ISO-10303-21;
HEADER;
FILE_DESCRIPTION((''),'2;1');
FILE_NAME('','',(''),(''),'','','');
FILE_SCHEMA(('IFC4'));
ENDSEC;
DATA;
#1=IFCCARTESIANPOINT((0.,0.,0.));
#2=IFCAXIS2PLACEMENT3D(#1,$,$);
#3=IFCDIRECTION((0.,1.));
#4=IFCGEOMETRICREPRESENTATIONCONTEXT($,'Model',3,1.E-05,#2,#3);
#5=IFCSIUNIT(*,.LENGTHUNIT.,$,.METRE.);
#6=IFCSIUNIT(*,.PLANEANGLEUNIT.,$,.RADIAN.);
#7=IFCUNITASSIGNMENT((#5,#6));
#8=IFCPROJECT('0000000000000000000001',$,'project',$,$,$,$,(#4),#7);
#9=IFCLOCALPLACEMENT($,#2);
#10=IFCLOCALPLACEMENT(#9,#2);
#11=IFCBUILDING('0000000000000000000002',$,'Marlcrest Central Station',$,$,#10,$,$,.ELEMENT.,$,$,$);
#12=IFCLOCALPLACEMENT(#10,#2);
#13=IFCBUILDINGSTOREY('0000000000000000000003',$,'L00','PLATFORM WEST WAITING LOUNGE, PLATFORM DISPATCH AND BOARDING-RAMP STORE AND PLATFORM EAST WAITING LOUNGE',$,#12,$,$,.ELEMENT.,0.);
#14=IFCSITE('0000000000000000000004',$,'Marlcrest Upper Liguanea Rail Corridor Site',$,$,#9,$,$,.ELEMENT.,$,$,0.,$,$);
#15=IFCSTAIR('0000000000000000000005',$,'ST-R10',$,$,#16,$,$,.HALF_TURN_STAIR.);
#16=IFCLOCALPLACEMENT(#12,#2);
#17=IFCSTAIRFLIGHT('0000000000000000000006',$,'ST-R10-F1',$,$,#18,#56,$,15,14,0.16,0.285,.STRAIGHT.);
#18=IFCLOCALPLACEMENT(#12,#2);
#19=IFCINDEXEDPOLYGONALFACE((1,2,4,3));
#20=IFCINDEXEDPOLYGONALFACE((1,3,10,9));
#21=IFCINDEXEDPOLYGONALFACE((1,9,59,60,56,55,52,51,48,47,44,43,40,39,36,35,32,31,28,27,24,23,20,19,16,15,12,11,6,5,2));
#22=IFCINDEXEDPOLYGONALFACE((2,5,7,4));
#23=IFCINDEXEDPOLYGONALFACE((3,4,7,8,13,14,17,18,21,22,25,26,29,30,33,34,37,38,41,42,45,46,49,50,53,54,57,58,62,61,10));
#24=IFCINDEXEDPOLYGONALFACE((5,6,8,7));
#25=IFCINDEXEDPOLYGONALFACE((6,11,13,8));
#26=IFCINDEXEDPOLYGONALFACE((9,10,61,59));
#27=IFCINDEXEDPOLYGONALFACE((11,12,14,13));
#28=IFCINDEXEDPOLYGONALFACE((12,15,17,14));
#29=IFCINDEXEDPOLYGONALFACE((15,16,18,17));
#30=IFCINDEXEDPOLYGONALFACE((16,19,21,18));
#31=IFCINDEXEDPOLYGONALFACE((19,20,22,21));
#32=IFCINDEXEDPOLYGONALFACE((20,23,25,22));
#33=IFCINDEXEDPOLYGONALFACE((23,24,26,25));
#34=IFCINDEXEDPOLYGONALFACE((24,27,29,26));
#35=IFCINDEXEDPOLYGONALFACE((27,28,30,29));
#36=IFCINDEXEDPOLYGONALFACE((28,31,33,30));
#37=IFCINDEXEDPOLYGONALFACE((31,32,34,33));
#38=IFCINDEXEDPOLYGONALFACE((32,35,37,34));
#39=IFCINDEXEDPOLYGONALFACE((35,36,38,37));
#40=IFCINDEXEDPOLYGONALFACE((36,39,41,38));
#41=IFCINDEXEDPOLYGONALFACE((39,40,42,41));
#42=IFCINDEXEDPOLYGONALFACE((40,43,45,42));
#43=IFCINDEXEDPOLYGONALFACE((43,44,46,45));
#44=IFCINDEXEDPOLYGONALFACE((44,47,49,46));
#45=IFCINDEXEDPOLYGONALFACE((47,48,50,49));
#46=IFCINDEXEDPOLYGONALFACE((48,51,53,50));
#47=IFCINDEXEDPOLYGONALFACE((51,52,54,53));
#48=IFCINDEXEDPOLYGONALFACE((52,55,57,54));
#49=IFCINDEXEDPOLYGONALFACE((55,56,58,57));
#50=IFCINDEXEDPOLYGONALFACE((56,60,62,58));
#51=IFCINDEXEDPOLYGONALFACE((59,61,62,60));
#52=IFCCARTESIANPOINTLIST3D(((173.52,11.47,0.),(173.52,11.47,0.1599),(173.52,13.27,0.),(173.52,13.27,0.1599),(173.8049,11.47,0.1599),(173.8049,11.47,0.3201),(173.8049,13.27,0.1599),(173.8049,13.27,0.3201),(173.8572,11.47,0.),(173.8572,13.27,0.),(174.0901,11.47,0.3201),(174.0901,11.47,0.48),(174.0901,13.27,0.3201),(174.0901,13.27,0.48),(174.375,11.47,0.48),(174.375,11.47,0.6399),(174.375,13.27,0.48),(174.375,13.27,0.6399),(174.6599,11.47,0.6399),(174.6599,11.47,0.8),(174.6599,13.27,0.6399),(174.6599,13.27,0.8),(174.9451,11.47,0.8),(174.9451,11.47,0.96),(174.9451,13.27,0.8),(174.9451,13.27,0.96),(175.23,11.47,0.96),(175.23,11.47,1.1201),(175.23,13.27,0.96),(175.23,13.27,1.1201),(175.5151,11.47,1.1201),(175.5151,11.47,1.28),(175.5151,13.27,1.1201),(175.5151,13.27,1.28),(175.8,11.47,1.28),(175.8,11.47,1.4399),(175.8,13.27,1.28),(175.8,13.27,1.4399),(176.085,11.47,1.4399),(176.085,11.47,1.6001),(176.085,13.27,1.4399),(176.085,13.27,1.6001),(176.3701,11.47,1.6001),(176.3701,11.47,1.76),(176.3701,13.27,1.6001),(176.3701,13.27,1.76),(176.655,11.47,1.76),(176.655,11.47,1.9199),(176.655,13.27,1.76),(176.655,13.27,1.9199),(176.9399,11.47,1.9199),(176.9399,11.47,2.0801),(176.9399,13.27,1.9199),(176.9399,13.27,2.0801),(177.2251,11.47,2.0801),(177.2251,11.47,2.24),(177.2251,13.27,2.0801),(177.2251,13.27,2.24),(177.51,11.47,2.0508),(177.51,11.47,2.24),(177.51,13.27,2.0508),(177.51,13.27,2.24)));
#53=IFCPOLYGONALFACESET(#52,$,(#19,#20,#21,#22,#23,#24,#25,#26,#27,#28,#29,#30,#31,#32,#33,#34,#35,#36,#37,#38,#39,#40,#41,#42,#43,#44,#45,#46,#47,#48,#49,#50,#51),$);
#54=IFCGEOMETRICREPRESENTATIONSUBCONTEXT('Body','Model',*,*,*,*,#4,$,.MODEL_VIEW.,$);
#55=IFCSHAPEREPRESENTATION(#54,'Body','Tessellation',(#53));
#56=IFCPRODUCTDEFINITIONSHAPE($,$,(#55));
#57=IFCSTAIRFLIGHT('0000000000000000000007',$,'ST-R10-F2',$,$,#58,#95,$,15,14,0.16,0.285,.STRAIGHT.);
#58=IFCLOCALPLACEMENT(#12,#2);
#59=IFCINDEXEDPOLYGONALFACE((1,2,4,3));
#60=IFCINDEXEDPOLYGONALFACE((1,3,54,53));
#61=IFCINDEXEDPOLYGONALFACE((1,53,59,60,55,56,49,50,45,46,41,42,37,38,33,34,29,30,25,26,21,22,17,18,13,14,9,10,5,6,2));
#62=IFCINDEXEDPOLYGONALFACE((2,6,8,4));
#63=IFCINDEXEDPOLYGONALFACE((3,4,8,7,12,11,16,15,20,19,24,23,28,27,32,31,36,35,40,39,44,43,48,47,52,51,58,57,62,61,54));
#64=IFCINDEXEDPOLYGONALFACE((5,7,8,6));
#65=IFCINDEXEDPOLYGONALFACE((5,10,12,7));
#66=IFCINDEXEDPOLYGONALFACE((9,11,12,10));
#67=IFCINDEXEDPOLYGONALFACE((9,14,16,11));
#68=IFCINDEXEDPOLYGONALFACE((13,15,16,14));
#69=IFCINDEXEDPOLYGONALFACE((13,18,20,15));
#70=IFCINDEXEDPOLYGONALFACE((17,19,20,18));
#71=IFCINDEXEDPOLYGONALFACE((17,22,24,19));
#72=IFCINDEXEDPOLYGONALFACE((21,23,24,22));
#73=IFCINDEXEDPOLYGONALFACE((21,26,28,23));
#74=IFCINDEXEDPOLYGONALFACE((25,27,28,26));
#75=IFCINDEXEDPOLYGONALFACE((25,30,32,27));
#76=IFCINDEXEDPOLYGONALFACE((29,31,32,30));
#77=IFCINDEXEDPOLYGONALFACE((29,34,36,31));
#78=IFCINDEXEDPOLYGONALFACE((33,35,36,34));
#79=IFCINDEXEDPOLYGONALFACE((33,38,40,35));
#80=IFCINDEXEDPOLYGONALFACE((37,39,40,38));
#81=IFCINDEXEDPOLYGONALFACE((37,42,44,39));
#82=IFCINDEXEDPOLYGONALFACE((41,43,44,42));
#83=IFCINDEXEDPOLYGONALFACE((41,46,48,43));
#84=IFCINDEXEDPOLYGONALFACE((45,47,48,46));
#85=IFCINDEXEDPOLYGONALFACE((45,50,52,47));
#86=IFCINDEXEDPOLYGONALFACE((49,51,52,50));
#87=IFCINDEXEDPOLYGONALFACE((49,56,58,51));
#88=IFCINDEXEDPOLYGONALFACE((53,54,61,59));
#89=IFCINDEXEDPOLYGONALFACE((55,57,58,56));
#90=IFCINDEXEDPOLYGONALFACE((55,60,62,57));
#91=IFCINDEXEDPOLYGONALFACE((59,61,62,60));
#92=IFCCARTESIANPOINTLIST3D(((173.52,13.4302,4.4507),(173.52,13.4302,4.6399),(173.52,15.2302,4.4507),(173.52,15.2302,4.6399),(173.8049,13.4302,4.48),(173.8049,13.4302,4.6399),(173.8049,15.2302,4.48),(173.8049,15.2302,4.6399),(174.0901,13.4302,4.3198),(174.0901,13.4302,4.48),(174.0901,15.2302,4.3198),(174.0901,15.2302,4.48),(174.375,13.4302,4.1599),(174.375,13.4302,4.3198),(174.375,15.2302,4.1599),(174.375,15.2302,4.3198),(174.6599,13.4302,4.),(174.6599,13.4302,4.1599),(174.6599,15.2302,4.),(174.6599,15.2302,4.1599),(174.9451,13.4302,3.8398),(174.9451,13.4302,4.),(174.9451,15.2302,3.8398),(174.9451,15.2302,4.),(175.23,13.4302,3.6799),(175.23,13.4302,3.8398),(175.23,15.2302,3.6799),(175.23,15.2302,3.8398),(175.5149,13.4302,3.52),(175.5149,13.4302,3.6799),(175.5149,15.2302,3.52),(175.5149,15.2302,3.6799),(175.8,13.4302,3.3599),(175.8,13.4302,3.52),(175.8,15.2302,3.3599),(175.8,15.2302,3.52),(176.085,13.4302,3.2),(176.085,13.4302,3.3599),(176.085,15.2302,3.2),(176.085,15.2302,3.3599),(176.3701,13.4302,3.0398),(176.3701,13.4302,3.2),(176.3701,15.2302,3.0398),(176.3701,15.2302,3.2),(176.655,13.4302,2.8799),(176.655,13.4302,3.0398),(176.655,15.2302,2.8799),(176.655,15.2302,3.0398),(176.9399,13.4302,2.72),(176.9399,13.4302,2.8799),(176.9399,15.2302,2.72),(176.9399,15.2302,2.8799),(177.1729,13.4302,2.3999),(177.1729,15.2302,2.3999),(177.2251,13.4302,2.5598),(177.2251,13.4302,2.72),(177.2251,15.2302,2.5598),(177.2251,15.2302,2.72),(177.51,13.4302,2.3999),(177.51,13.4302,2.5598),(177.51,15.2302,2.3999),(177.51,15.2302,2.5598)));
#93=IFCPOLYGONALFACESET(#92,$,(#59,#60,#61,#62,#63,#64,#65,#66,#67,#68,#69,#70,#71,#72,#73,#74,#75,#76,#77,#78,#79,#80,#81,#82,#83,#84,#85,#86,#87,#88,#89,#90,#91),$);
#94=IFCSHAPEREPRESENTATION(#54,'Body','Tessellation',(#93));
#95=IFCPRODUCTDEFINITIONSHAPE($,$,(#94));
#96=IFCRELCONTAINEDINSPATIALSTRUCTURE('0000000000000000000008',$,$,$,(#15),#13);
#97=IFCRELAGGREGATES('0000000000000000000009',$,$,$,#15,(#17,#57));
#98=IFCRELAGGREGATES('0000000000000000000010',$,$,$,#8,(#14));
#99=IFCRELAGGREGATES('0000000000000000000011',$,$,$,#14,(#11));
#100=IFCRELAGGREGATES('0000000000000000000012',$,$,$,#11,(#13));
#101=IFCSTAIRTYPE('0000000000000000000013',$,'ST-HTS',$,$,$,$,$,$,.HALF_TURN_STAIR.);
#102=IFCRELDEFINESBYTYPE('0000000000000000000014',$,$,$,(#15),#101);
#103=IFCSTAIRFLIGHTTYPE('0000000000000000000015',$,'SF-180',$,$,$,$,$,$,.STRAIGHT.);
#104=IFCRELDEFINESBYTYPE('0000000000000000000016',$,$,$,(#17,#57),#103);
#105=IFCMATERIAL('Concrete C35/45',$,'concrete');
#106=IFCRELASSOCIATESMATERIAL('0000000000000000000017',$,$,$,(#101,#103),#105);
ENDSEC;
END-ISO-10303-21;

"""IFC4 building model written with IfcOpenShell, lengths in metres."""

from ifc_helpers import new_model, si_unit, direction, frame, origin, place, context, subcontext, project, spatial, polyline, outline, extrude, material, type_object, element, aggregate, save


model = new_model("IFC4")

# Units and contexts
model_context = context("Model", 3, precision=1e-05, world=origin(), true_north=direction((0.0, 1.0)))
body_context = subcontext(model_context, "Body", "Model", "MODEL_VIEW")
ifc_project = project(units=[si_unit("LENGTHUNIT", "METRE"), si_unit("PLANEANGLEUNIT", "RADIAN")], contexts=[model_context])

# Site, building, storey
site_placement = place(None, origin())
site = spatial("IfcSite", under=ifc_project, at=site_placement, Name="Marlcrest Upper Liguanea Rail Corridor Site", CompositionType="ELEMENT", RefElevation=0.0)
building_placement = place(site_placement, origin())
building = spatial("IfcBuilding", under=site, at=building_placement, Name="Marlcrest Central Station", CompositionType="ELEMENT")
storey_placement = place(building_placement, origin())
storey = spatial("IfcBuildingStorey", under=building, at=storey_placement, Name="L00", Description="PLATFORM WEST WAITING LOUNGE, PLATFORM DISPATCH AND BOARDING-RAMP STORE AND PLATFORM EAST WAITING LOUNGE", CompositionType="ELEMENT", Elevation=0.0)

# Shared definitions
ifc_material_1 = material(Name="Concrete C35/45", Category="concrete")

# Stair, stair flights
stair_type = type_object("IfcStairType", Name="ST-HTS", PredefinedType="HALF_TURN_STAIR", material=ifc_material_1)
stair_placement = place(storey_placement, origin())
stair = element("IfcStair", 1, at=stair_placement, inside=storey, type_object=stair_type, Name="ST-R10", PredefinedType="HALF_TURN_STAIR")
stair_flight_type = type_object("IfcStairFlightType", Name="SF-180", PredefinedType="STRAIGHT", material=ifc_material_1)
stair_flight_1_placement = place(storey_placement, frame((173.52, 12.3701, 0.0), z_axis=(0.0, 0.0, 1.0), x_axis=(1.0, 0.0, 0.0)))
stair_flight_1 = element("IfcStairFlight", 2, at=stair_flight_1_placement, type_object=stair_flight_type, Name="ST-R10-F1", NumberOfRisers=15, NumberOfTreads=14, PredefinedType="STRAIGHT", RiserHeight=0.16, TreadLength=0.285, context=body_context, shape_type="SweptSolid", body=[
    extrude(outline(polyline([(0.0, 0.0), (0.0, 0.1599), (0.2849, 0.1599), (0.2849, 0.3201), (0.5701, 0.3201), (0.5701, 0.48), (0.855, 0.48), (0.855, 0.6399), (1.1399, 0.6399), (1.1399, 0.8), (1.425, 0.8), (1.425, 0.96), (1.71, 0.96), (1.71, 1.1201), (1.9951, 1.1201), (1.9951, 1.28), (2.28, 1.28), (2.28, 1.4399), (2.5649, 1.4399), (2.5649, 1.6001), (2.8501, 1.6001), (2.8501, 1.76), (3.135, 1.76), (3.135, 1.9199), (3.4199, 1.9199), (3.4199, 2.0801), (3.7051, 2.0801), (3.7051, 2.24), (3.99, 2.24), (3.99, 2.3999), (3.99, 2.0508), (0.3372, 0.0), (0.0, 0.0)])), frame((0.0, 0.8999, 0.0), z_axis=(0.0, -1.0, 0.0), x_axis=(1.0, 0.0, 0.0)), (0.0, 0.0, 1.0), 1.8),
])
stair_flight_2_placement = place(storey_placement, frame((177.51, 14.3301, 2.3999), z_axis=(0.0, 0.0, 1.0), x_axis=(-1.0, 0.0, 0.0)))
stair_flight_2 = element("IfcStairFlight", 3, at=stair_flight_2_placement, type_object=stair_flight_type, Name="ST-R10-F2", NumberOfRisers=15, NumberOfTreads=14, PredefinedType="STRAIGHT", RiserHeight=0.16, TreadLength=0.285, context=body_context, shape_type="SweptSolid", body=[
    extrude(outline(polyline([(0.0, 0.0), (0.0, 0.1599), (0.2849, 0.1599), (0.2849, 0.3201), (0.5701, 0.3201), (0.5701, 0.48), (0.855, 0.48), (0.855, 0.6399), (1.1399, 0.6399), (1.1399, 0.8), (1.425, 0.8), (1.425, 0.96), (1.71, 0.96), (1.71, 1.1201), (1.9951, 1.1201), (1.9951, 1.28), (2.28, 1.28), (2.28, 1.4399), (2.5649, 1.4399), (2.5649, 1.6001), (2.8501, 1.6001), (2.8501, 1.76), (3.135, 1.76), (3.135, 1.9199), (3.4199, 1.9199), (3.4199, 2.0801), (3.7051, 2.0801), (3.7051, 2.24), (3.99, 2.24), (3.99, 2.3999), (3.99, 2.0508), (0.3372, 0.0), (0.0, 0.0)])), frame((0.0, 0.8999, 0.0), z_axis=(0.0, -1.0, 0.0), x_axis=(1.0, 0.0, 0.0)), (0.0, 0.0, 1.0), 1.8),
])
aggregate(stair, [stair_flight_1, stair_flight_2])

save(model, "model.ifc")
